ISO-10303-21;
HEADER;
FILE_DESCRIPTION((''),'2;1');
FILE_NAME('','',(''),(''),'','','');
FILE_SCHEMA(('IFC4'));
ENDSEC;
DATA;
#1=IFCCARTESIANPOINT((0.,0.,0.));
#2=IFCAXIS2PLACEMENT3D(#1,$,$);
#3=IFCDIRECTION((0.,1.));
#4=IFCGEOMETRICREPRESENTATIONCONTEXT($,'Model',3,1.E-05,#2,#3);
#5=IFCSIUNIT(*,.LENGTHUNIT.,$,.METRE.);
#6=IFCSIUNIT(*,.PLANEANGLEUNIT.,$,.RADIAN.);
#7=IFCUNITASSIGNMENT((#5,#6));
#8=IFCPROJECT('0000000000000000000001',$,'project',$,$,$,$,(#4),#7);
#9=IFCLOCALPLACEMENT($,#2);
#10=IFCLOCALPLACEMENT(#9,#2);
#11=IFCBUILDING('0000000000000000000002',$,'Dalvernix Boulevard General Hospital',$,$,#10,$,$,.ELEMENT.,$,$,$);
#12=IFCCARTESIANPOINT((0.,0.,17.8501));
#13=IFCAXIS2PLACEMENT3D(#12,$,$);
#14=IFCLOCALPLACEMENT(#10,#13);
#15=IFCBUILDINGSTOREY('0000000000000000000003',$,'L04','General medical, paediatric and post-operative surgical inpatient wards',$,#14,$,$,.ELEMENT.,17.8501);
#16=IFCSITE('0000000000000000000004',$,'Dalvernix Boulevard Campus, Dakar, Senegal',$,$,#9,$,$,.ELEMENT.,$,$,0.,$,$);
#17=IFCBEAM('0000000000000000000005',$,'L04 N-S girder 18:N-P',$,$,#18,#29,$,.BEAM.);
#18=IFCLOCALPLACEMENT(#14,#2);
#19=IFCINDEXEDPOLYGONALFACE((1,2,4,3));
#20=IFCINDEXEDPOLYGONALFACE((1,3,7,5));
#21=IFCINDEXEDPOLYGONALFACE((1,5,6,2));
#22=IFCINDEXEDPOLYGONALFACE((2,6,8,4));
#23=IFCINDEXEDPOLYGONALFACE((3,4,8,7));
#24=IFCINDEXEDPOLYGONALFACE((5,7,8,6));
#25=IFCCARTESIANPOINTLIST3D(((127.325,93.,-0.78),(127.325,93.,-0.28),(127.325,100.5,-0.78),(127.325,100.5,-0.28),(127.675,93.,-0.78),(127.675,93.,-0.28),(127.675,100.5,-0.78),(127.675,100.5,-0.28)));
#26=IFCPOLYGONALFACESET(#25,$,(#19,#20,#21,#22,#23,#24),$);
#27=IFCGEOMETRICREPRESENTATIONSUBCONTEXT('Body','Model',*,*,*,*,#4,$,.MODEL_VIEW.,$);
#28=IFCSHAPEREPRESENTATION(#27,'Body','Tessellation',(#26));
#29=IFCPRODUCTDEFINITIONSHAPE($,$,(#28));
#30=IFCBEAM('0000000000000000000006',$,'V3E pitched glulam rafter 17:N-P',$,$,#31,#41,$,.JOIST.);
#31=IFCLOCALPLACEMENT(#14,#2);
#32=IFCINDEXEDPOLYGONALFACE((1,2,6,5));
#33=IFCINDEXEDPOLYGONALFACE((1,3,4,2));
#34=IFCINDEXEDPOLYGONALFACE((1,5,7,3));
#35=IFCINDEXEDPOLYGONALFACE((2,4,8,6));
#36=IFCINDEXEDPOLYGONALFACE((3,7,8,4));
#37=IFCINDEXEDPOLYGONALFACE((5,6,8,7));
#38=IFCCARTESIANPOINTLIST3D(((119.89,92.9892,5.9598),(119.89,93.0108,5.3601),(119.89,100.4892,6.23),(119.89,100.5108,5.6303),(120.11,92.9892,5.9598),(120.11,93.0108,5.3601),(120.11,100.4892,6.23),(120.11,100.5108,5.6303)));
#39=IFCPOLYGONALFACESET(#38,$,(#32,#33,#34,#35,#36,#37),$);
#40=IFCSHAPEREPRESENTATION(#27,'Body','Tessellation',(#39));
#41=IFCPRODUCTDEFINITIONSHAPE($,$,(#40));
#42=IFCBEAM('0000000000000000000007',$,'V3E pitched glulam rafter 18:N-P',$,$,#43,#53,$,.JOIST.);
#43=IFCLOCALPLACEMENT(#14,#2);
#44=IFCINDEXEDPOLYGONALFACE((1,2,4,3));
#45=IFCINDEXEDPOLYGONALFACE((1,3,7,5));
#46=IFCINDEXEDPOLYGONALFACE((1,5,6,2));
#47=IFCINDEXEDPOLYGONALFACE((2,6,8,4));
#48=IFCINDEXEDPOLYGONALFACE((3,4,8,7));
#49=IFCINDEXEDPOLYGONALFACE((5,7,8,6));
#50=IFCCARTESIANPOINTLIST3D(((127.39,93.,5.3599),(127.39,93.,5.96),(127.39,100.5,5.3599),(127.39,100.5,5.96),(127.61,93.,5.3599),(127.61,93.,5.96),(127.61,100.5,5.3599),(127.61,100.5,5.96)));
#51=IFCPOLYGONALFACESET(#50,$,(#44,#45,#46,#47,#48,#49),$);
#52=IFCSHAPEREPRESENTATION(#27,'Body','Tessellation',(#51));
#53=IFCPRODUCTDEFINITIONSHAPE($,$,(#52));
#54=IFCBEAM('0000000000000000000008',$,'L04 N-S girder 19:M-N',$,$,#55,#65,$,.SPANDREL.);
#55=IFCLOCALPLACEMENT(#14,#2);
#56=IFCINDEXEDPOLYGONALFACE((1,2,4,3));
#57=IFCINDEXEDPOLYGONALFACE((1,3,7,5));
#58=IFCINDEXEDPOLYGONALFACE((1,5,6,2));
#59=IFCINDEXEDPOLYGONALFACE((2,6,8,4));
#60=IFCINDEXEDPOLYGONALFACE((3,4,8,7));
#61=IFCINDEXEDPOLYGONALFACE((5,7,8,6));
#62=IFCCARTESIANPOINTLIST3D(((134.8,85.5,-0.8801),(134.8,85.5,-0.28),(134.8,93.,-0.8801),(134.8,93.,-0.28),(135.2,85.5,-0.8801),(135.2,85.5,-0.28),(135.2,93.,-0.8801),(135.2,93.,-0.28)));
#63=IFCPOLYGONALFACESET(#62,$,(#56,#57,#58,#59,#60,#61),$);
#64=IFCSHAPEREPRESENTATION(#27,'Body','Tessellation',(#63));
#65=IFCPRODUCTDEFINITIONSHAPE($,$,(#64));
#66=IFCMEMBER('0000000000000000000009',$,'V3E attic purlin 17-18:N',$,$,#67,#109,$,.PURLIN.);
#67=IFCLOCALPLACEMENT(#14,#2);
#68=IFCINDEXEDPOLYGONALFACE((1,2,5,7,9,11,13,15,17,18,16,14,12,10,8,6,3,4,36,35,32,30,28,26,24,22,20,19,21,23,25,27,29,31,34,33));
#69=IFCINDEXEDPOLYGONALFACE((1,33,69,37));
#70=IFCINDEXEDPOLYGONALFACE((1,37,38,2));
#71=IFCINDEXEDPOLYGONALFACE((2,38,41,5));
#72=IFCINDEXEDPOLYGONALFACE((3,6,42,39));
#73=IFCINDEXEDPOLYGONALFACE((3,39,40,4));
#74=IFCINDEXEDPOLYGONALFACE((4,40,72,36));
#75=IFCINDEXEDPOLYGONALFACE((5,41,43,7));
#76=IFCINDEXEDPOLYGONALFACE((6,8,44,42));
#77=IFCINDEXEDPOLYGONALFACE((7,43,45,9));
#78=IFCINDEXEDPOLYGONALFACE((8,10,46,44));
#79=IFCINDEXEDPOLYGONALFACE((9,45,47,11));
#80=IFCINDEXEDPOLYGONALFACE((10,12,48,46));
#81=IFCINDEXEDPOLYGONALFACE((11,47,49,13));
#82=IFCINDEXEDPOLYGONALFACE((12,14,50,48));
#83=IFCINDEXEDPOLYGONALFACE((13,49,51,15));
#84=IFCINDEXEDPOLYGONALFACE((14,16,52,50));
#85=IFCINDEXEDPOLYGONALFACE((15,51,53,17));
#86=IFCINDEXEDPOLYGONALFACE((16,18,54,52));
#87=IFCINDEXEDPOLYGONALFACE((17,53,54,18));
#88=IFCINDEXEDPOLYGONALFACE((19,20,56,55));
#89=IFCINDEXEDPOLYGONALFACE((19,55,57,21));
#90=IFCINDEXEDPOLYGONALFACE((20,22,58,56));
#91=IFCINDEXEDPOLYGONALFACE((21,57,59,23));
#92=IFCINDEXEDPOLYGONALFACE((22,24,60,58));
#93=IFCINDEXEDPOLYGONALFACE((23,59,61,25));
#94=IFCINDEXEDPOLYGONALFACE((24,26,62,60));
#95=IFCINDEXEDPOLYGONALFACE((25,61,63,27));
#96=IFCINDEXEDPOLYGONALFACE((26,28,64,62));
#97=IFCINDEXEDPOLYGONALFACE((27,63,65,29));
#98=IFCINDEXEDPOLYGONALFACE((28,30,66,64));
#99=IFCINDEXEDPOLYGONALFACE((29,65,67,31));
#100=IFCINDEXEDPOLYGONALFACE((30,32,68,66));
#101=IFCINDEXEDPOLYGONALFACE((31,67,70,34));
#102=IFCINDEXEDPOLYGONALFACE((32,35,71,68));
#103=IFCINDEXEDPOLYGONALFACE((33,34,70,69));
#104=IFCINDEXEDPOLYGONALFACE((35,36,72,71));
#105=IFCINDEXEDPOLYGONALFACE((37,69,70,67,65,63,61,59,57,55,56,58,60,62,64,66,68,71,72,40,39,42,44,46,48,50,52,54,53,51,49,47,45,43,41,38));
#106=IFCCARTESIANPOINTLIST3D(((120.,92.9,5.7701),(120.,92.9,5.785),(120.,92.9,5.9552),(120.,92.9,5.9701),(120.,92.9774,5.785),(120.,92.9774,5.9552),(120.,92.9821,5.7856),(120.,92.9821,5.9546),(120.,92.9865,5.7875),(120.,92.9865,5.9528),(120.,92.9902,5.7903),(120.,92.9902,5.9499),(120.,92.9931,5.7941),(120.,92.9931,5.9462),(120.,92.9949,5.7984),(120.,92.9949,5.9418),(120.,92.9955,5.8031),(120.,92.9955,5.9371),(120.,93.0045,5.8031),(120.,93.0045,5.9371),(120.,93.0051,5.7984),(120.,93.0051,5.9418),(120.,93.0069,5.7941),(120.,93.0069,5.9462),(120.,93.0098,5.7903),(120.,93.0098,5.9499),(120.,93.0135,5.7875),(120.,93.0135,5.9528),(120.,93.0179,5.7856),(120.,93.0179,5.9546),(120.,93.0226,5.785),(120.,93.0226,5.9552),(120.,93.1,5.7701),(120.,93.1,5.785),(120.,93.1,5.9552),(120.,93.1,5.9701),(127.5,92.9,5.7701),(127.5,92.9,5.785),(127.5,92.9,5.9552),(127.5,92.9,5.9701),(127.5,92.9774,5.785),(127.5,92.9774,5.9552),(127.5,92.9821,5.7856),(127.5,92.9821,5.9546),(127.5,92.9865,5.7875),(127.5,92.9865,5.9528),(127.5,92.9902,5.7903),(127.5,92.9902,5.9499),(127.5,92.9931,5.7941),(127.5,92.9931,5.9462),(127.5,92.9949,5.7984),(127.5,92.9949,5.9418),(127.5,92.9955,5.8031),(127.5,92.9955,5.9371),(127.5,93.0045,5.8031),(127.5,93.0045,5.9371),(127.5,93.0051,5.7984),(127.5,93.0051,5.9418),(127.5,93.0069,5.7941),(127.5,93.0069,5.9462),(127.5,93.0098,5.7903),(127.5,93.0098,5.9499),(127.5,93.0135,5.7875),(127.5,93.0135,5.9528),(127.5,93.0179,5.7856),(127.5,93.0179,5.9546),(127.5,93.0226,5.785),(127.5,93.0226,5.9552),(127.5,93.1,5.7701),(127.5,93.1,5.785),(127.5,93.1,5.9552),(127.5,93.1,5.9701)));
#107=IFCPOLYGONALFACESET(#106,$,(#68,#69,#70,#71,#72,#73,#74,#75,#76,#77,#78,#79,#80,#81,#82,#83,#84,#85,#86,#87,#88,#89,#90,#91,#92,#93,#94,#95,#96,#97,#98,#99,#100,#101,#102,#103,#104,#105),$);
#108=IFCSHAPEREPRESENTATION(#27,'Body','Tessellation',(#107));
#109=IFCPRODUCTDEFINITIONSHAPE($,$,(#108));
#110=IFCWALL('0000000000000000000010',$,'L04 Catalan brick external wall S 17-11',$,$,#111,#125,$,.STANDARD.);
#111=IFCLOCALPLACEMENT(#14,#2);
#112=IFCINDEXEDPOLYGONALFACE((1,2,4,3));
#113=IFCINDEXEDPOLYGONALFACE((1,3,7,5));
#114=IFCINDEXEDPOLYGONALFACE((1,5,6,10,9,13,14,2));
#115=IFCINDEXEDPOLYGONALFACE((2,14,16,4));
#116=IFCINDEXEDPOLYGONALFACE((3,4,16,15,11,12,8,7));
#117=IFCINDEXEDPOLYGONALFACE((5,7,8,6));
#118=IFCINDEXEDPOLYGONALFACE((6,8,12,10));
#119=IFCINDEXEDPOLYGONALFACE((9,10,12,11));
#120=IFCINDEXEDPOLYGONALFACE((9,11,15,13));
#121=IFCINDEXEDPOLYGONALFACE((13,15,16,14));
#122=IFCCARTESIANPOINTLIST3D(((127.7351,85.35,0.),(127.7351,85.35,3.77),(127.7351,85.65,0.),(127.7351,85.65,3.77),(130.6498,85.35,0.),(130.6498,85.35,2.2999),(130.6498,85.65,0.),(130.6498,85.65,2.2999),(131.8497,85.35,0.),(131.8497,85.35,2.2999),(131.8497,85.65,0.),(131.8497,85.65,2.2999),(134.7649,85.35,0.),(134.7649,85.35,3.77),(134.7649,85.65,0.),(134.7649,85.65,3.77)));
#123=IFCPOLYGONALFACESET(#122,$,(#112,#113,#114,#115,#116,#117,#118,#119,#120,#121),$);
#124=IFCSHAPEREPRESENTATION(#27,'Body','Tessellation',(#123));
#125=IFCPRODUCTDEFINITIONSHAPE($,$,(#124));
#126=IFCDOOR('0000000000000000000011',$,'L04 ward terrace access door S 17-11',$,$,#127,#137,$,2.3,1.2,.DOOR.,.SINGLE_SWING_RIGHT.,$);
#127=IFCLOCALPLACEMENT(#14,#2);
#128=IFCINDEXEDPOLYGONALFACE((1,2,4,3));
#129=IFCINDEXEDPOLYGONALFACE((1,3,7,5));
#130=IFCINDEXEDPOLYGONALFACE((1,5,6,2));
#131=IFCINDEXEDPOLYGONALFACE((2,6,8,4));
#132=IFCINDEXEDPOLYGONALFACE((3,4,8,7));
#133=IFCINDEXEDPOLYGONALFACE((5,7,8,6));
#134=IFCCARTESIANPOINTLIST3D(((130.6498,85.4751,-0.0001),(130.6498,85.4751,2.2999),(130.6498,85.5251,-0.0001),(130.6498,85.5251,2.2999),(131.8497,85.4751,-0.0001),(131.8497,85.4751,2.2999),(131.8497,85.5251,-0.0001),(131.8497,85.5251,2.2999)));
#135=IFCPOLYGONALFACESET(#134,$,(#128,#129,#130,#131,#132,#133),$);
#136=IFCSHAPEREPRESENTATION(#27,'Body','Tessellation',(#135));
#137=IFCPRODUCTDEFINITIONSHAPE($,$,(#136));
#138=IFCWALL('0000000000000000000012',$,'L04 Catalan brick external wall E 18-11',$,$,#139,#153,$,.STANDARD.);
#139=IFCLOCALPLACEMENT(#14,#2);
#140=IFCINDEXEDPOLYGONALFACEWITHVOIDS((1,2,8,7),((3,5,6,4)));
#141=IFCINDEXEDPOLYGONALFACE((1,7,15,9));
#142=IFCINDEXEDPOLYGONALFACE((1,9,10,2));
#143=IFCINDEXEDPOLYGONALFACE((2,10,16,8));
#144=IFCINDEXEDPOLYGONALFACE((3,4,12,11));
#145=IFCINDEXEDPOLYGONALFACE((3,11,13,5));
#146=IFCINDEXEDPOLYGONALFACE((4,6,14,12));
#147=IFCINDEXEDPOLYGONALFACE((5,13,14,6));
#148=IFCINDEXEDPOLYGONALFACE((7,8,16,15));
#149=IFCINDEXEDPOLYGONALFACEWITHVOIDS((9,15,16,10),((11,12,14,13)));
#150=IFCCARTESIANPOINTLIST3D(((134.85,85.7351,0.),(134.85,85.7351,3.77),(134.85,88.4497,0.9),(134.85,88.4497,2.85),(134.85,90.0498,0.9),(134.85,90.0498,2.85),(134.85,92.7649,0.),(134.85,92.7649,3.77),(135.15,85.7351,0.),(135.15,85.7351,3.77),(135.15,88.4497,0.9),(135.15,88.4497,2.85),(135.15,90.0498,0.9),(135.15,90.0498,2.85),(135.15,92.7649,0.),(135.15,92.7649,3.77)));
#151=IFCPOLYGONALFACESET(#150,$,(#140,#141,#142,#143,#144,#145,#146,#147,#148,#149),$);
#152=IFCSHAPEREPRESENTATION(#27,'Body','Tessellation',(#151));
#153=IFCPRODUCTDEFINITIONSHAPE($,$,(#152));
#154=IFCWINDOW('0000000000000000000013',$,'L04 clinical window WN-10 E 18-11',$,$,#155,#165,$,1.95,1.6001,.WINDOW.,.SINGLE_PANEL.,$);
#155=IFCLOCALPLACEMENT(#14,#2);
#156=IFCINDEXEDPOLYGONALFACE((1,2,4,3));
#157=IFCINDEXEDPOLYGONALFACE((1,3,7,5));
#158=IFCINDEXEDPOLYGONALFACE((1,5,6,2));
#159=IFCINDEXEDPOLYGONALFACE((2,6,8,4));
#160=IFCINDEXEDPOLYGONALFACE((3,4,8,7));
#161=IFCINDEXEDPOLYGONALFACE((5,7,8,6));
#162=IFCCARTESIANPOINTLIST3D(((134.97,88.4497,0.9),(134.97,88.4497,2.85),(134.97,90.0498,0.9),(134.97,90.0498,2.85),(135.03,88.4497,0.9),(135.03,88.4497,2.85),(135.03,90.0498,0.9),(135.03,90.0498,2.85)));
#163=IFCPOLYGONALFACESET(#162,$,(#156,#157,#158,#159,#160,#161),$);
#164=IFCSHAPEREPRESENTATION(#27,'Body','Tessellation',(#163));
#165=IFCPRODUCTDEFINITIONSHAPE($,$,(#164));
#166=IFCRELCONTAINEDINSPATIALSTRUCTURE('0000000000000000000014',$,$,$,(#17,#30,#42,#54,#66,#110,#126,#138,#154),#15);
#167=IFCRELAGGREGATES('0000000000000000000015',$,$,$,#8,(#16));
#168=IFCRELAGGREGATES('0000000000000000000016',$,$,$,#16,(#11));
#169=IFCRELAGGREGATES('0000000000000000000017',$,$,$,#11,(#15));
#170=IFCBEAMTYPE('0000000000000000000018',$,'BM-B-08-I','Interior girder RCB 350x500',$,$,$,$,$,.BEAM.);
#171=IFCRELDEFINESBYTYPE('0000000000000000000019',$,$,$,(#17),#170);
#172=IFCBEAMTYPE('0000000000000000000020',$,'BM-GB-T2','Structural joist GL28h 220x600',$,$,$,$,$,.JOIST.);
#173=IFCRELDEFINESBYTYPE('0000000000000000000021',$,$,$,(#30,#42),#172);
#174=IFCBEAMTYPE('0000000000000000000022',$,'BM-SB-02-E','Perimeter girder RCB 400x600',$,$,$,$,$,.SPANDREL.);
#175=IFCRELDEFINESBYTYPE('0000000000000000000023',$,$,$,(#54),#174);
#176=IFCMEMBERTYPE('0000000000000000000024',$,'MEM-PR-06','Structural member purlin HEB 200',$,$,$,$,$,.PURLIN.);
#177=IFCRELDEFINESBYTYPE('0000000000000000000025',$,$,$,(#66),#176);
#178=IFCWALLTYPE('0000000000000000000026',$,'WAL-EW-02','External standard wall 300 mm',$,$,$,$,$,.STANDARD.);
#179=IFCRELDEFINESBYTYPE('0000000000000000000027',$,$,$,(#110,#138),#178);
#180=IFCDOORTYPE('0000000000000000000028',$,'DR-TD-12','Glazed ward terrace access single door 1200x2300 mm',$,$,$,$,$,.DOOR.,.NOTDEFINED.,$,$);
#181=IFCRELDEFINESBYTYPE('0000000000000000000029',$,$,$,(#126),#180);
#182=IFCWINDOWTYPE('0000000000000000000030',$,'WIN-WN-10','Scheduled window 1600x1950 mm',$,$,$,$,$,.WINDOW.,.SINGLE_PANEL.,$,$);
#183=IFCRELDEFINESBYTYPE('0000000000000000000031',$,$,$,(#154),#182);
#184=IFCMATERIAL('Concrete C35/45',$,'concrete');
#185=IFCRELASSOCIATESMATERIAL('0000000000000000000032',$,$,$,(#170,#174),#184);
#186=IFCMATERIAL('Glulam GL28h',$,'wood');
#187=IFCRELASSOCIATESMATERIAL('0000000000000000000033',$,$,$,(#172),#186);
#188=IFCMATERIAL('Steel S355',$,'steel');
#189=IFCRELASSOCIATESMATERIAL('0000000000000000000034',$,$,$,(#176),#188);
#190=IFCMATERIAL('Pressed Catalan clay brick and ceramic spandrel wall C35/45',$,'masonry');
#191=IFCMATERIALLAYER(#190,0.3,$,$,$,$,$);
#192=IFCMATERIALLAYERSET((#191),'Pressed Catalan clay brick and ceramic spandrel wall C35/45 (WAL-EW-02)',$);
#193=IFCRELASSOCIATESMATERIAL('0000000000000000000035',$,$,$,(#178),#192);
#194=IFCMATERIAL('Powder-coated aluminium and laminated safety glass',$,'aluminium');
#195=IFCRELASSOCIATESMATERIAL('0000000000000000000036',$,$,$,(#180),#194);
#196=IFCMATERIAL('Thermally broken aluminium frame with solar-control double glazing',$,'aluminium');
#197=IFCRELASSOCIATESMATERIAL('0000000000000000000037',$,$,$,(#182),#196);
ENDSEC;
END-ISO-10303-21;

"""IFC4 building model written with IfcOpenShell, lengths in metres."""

from ifc_helpers import new_model, si_unit, direction, frame, frame_2d, origin, origin_2d, place, context, subcontext, project, spatial, rectangle, i_section, extrude, material, layer, layer_set, material_profile, profile_set, type_object, element, fill, save


model = new_model("IFC4")

# Units and contexts
model_context = context("Model", 3, precision=1e-05, world=origin(), true_north=direction((0.0, 1.0)))
body_context = subcontext(model_context, "Body", "Model", "MODEL_VIEW")
ifc_project = project(units=[si_unit("LENGTHUNIT", "METRE"), si_unit("PLANEANGLEUNIT", "RADIAN")], contexts=[model_context])

# Site, building, storey
site_placement = place(None, origin())
site = spatial("IfcSite", under=ifc_project, at=site_placement, Name="Dalvernix Boulevard Campus, Dakar, Senegal", CompositionType="ELEMENT", RefElevation=0.0)
building_placement = place(site_placement, origin())
building = spatial("IfcBuilding", under=site, at=building_placement, Name="Dalvernix Boulevard General Hospital", CompositionType="ELEMENT")
storey_placement = place(building_placement, frame((0.0, 0.0, 17.8501)))
storey = spatial("IfcBuildingStorey", under=building, at=storey_placement, Name="L04", Description="General medical, paediatric and post-operative surgical inpatient wards", CompositionType="ELEMENT", Elevation=17.8501)

# Shared definitions
ifc_material_1 = material(Name="Steel S355", Category="steel")

# Beams
ifc_material_2 = material(Name="Concrete C35/45", Category="concrete")
ifc_material_profile_1 = material_profile(ifc_material_2, rectangle(XDim=0.3501, YDim=0.5, at=origin_2d()), Name="RCB 350x500")
ifc_profile_set_1 = profile_set([ifc_material_profile_1], Name="Concrete C35/45")
beam_type_1 = type_object("IfcBeamType", Name="BM-B-08-I", Description="Interior girder RCB 350x500", PredefinedType="BEAM", material=ifc_profile_set_1)
beam_1_placement = place(storey_placement, frame((127.5, 93.0, -0.53), z_axis=(0.0, 1.0, 0.0), x_axis=(-1.0, 0.0, 0.0)))
element("IfcBeam", 1, at=beam_1_placement, inside=storey, type_object=beam_type_1, Name="L04 N-S girder 18:N-P", PredefinedType="BEAM", context=body_context, shape_type="SweptSolid", body=[
    extrude(rectangle(XDim=0.3501, YDim=0.5, at=origin_2d()), origin(), (0.0, 0.0, 1.0), 7.5),
])
ifc_material_3 = material(Name="Glulam GL28h", Category="wood")
ifc_material_profile_2 = material_profile(ifc_material_3, rectangle(XDim=0.22, YDim=0.6001, at=origin_2d()), Name="GL28h 220x600")
ifc_profile_set_2 = profile_set([ifc_material_profile_2], Name="Glulam GL28h")
beam_type_2 = type_object("IfcBeamType", Name="BM-GB-T2", Description="Structural joist GL28h 220x600", PredefinedType="JOIST", material=ifc_profile_set_2)
beam_2_placement = place(storey_placement, frame((120.0, 93.0, 5.6599), z_axis=(0.0, 0.999351, 0.036012), x_axis=(-1.0, 0.0, 0.0)))
element("IfcBeam", 2, at=beam_2_placement, inside=storey, type_object=beam_type_2, Name="V3E pitched glulam rafter 17:N-P", PredefinedType="JOIST", context=body_context, shape_type="SweptSolid", body=[
    extrude(rectangle(XDim=0.22, YDim=0.6001, at=origin_2d()), origin(), (0.0, 0.0, 1.0), 7.5049),
])
beam_3_placement = place(storey_placement, frame((127.5, 93.0, 5.6599), z_axis=(0.0, 1.0, 0.0), x_axis=(-1.0, 0.0, 0.0)))
element("IfcBeam", 3, at=beam_3_placement, inside=storey, type_object=beam_type_2, Name="V3E pitched glulam rafter 18:N-P", PredefinedType="JOIST", context=body_context, shape_type="SweptSolid", body=[
    extrude(rectangle(XDim=0.22, YDim=0.6001, at=origin_2d()), origin(), (0.0, 0.0, 1.0), 7.5),
])
ifc_material_profile_3 = material_profile(ifc_material_2, rectangle(XDim=0.3999, YDim=0.6001, at=origin_2d()), Name="RCB 400x600")
ifc_profile_set_3 = profile_set([ifc_material_profile_3], Name="Concrete C35/45")
beam_type_3 = type_object("IfcBeamType", Name="BM-SB-02-E", Description="Perimeter girder RCB 400x600", PredefinedType="SPANDREL", material=ifc_profile_set_3)
beam_4_placement = place(storey_placement, frame((135.0, 85.5, -0.5801), z_axis=(0.0, 1.0, 0.0), x_axis=(-1.0, 0.0, 0.0)))
element("IfcBeam", 4, at=beam_4_placement, inside=storey, type_object=beam_type_3, Name="L04 N-S girder 19:M-N", PredefinedType="SPANDREL", context=body_context, shape_type="SweptSolid", body=[
    extrude(rectangle(XDim=0.3999, YDim=0.6001, at=origin_2d()), origin(), (0.0, 0.0, 1.0), 7.5),
])

# Member
ifc_material_profile_4 = material_profile(ifc_material_1, i_section(OverallWidth=0.2, OverallDepth=0.2, WebThickness=0.009, FlangeThickness=0.0149, FilletRadius=0.0181, at=origin_2d()), Name="HEB 200")
ifc_profile_set_4 = profile_set([ifc_material_profile_4], Name="Steel S355")
member_type = type_object("IfcMemberType", Name="MEM-PR-06", Description="Structural member purlin HEB 200", PredefinedType="PURLIN", material=ifc_profile_set_4)
member_placement = place(storey_placement, frame((120.0, 93.0, 5.8701), z_axis=(1.0, 0.0, 0.0), x_axis=(0.0, 1.0, 0.0)))
element("IfcMember", 5, at=member_placement, inside=storey, type_object=member_type, Name="V3E attic purlin 17-18:N", PredefinedType="PURLIN", context=body_context, shape_type="SweptSolid", body=[
    extrude(i_section(OverallWidth=0.2, OverallDepth=0.2, WebThickness=0.009, FlangeThickness=0.0149, FilletRadius=0.0181, at=origin_2d()), origin(), (0.0, 0.0, 1.0), 7.5),
])

# Wall, opening, door
ifc_material_4 = material(Name="Pressed Catalan clay brick and ceramic spandrel wall C35/45", Category="masonry")
ifc_layer_1 = layer(ifc_material_4, 0.3)
ifc_layer_set_1 = layer_set([ifc_layer_1], Name="Pressed Catalan clay brick and ceramic spandrel wall C35/45 (WAL-EW-02)")
wall_type_1 = type_object("IfcWallType", Name="WAL-EW-02", Description="External standard wall 300 mm", PredefinedType="STANDARD", material=ifc_layer_set_1)
wall_1_placement = place(storey_placement, frame((134.7649, 85.5, 0.0), z_axis=(0.0, 0.0, 1.0), x_axis=(-1.0, 0.0, 0.0)))
wall_1 = element("IfcWall", 6, at=wall_1_placement, inside=storey, type_object=wall_type_1, Name="L04 Catalan brick external wall S 17-11", PredefinedType="STANDARD", context=body_context, shape_type="SweptSolid", body=[
    extrude(rectangle(XDim=7.0298, YDim=0.3, at=frame_2d((3.5149, 0.0))), origin(), (0.0, 0.0, 1.0), 3.77),
])
opening_1_placement = place(wall_1_placement, frame((2.915, 0.0, 0.0)))
opening_1 = element("IfcOpeningElement", 7, at=opening_1_placement, cuts=wall_1, PredefinedType="OPENING", context=body_context, shape_type="SweptSolid", body=[
    extrude(rectangle(XDim=1.2, YDim=2.3, at=frame_2d((0.6001, 1.1499))), frame((0.0, 0.1599, 0.0), z_axis=(0.0, -1.0, 0.0), x_axis=(1.0, 0.0, 0.0)), (0.0, 0.0, 1.0), 0.3201),
])
ifc_material_5 = material(Name="Powder-coated aluminium and laminated safety glass", Category="aluminium")
door_type = type_object("IfcDoorType", Name="DR-TD-12", Description="Glazed ward terrace access single door 1200x2300 mm", OperationType="NOTDEFINED", PredefinedType="DOOR", material=ifc_material_5)
door_placement = place(opening_1_placement, origin())
door = element("IfcDoor", 8, at=door_placement, inside=storey, type_object=door_type, Name="L04 ward terrace access door S 17-11", OperationType="SINGLE_SWING_RIGHT", OverallHeight=2.3, OverallWidth=1.2, PredefinedType="DOOR", context=body_context, shape_type="SweptSolid", body=[
    extrude(rectangle(XDim=1.2, YDim=2.3, at=frame_2d((0.6001, 1.1499))), frame((0.0, 0.0249, 0.0), z_axis=(0.0, -1.0, 0.0), x_axis=(1.0, 0.0, 0.0)), (0.0, 0.0, 1.0), 0.05),
])
fill(opening_1, door)

# Wall, opening, window
wall_2_placement = place(storey_placement, frame((135.0, 92.7649, 0.0), z_axis=(0.0, 0.0, 1.0), x_axis=(0.0, -1.0, 0.0)))
wall_2 = element("IfcWall", 9, at=wall_2_placement, inside=storey, type_object=wall_type_1, Name="L04 Catalan brick external wall E 18-11", PredefinedType="STANDARD", context=body_context, shape_type="SweptSolid", body=[
    extrude(rectangle(XDim=7.0298, YDim=0.3, at=frame_2d((3.5149, 0.0))), origin(), (0.0, 0.0, 1.0), 3.77),
])
opening_2_placement = place(wall_2_placement, frame((2.7151, 0.0, 0.8999)))
opening_2 = element("IfcOpeningElement", 10, at=opening_2_placement, cuts=wall_2, PredefinedType="OPENING", context=body_context, shape_type="SweptSolid", body=[
    extrude(rectangle(XDim=1.6001, YDim=1.95, at=frame_2d((0.8, 0.9751))), frame((0.0, 0.1599, 0.0), z_axis=(0.0, -1.0, 0.0), x_axis=(1.0, 0.0, 0.0)), (0.0, 0.0, 1.0), 0.3201),
])
ifc_material_6 = material(Name="Thermally broken aluminium frame with solar-control double glazing", Category="aluminium")
window_type = type_object("IfcWindowType", Name="WIN-WN-10", Description="Scheduled window 1600x1950 mm", PartitioningType="SINGLE_PANEL", PredefinedType="WINDOW", material=ifc_material_6)
window_placement = place(opening_2_placement, origin())
window = element("IfcWindow", 11, at=window_placement, inside=storey, type_object=window_type, Name="L04 clinical window WN-10 E 18-11", OverallHeight=1.95, OverallWidth=1.6001, PartitioningType="SINGLE_PANEL", PredefinedType="WINDOW", context=body_context, shape_type="SweptSolid", body=[
    extrude(rectangle(XDim=1.6001, YDim=1.95, at=frame_2d((0.8, 0.9751))), frame((0.0, 0.03, 0.0), z_axis=(0.0, -1.0, 0.0), x_axis=(1.0, 0.0, 0.0)), (0.0, 0.0, 1.0), 0.0601),
])
fill(opening_2, window)

save(model, "model.ifc")
